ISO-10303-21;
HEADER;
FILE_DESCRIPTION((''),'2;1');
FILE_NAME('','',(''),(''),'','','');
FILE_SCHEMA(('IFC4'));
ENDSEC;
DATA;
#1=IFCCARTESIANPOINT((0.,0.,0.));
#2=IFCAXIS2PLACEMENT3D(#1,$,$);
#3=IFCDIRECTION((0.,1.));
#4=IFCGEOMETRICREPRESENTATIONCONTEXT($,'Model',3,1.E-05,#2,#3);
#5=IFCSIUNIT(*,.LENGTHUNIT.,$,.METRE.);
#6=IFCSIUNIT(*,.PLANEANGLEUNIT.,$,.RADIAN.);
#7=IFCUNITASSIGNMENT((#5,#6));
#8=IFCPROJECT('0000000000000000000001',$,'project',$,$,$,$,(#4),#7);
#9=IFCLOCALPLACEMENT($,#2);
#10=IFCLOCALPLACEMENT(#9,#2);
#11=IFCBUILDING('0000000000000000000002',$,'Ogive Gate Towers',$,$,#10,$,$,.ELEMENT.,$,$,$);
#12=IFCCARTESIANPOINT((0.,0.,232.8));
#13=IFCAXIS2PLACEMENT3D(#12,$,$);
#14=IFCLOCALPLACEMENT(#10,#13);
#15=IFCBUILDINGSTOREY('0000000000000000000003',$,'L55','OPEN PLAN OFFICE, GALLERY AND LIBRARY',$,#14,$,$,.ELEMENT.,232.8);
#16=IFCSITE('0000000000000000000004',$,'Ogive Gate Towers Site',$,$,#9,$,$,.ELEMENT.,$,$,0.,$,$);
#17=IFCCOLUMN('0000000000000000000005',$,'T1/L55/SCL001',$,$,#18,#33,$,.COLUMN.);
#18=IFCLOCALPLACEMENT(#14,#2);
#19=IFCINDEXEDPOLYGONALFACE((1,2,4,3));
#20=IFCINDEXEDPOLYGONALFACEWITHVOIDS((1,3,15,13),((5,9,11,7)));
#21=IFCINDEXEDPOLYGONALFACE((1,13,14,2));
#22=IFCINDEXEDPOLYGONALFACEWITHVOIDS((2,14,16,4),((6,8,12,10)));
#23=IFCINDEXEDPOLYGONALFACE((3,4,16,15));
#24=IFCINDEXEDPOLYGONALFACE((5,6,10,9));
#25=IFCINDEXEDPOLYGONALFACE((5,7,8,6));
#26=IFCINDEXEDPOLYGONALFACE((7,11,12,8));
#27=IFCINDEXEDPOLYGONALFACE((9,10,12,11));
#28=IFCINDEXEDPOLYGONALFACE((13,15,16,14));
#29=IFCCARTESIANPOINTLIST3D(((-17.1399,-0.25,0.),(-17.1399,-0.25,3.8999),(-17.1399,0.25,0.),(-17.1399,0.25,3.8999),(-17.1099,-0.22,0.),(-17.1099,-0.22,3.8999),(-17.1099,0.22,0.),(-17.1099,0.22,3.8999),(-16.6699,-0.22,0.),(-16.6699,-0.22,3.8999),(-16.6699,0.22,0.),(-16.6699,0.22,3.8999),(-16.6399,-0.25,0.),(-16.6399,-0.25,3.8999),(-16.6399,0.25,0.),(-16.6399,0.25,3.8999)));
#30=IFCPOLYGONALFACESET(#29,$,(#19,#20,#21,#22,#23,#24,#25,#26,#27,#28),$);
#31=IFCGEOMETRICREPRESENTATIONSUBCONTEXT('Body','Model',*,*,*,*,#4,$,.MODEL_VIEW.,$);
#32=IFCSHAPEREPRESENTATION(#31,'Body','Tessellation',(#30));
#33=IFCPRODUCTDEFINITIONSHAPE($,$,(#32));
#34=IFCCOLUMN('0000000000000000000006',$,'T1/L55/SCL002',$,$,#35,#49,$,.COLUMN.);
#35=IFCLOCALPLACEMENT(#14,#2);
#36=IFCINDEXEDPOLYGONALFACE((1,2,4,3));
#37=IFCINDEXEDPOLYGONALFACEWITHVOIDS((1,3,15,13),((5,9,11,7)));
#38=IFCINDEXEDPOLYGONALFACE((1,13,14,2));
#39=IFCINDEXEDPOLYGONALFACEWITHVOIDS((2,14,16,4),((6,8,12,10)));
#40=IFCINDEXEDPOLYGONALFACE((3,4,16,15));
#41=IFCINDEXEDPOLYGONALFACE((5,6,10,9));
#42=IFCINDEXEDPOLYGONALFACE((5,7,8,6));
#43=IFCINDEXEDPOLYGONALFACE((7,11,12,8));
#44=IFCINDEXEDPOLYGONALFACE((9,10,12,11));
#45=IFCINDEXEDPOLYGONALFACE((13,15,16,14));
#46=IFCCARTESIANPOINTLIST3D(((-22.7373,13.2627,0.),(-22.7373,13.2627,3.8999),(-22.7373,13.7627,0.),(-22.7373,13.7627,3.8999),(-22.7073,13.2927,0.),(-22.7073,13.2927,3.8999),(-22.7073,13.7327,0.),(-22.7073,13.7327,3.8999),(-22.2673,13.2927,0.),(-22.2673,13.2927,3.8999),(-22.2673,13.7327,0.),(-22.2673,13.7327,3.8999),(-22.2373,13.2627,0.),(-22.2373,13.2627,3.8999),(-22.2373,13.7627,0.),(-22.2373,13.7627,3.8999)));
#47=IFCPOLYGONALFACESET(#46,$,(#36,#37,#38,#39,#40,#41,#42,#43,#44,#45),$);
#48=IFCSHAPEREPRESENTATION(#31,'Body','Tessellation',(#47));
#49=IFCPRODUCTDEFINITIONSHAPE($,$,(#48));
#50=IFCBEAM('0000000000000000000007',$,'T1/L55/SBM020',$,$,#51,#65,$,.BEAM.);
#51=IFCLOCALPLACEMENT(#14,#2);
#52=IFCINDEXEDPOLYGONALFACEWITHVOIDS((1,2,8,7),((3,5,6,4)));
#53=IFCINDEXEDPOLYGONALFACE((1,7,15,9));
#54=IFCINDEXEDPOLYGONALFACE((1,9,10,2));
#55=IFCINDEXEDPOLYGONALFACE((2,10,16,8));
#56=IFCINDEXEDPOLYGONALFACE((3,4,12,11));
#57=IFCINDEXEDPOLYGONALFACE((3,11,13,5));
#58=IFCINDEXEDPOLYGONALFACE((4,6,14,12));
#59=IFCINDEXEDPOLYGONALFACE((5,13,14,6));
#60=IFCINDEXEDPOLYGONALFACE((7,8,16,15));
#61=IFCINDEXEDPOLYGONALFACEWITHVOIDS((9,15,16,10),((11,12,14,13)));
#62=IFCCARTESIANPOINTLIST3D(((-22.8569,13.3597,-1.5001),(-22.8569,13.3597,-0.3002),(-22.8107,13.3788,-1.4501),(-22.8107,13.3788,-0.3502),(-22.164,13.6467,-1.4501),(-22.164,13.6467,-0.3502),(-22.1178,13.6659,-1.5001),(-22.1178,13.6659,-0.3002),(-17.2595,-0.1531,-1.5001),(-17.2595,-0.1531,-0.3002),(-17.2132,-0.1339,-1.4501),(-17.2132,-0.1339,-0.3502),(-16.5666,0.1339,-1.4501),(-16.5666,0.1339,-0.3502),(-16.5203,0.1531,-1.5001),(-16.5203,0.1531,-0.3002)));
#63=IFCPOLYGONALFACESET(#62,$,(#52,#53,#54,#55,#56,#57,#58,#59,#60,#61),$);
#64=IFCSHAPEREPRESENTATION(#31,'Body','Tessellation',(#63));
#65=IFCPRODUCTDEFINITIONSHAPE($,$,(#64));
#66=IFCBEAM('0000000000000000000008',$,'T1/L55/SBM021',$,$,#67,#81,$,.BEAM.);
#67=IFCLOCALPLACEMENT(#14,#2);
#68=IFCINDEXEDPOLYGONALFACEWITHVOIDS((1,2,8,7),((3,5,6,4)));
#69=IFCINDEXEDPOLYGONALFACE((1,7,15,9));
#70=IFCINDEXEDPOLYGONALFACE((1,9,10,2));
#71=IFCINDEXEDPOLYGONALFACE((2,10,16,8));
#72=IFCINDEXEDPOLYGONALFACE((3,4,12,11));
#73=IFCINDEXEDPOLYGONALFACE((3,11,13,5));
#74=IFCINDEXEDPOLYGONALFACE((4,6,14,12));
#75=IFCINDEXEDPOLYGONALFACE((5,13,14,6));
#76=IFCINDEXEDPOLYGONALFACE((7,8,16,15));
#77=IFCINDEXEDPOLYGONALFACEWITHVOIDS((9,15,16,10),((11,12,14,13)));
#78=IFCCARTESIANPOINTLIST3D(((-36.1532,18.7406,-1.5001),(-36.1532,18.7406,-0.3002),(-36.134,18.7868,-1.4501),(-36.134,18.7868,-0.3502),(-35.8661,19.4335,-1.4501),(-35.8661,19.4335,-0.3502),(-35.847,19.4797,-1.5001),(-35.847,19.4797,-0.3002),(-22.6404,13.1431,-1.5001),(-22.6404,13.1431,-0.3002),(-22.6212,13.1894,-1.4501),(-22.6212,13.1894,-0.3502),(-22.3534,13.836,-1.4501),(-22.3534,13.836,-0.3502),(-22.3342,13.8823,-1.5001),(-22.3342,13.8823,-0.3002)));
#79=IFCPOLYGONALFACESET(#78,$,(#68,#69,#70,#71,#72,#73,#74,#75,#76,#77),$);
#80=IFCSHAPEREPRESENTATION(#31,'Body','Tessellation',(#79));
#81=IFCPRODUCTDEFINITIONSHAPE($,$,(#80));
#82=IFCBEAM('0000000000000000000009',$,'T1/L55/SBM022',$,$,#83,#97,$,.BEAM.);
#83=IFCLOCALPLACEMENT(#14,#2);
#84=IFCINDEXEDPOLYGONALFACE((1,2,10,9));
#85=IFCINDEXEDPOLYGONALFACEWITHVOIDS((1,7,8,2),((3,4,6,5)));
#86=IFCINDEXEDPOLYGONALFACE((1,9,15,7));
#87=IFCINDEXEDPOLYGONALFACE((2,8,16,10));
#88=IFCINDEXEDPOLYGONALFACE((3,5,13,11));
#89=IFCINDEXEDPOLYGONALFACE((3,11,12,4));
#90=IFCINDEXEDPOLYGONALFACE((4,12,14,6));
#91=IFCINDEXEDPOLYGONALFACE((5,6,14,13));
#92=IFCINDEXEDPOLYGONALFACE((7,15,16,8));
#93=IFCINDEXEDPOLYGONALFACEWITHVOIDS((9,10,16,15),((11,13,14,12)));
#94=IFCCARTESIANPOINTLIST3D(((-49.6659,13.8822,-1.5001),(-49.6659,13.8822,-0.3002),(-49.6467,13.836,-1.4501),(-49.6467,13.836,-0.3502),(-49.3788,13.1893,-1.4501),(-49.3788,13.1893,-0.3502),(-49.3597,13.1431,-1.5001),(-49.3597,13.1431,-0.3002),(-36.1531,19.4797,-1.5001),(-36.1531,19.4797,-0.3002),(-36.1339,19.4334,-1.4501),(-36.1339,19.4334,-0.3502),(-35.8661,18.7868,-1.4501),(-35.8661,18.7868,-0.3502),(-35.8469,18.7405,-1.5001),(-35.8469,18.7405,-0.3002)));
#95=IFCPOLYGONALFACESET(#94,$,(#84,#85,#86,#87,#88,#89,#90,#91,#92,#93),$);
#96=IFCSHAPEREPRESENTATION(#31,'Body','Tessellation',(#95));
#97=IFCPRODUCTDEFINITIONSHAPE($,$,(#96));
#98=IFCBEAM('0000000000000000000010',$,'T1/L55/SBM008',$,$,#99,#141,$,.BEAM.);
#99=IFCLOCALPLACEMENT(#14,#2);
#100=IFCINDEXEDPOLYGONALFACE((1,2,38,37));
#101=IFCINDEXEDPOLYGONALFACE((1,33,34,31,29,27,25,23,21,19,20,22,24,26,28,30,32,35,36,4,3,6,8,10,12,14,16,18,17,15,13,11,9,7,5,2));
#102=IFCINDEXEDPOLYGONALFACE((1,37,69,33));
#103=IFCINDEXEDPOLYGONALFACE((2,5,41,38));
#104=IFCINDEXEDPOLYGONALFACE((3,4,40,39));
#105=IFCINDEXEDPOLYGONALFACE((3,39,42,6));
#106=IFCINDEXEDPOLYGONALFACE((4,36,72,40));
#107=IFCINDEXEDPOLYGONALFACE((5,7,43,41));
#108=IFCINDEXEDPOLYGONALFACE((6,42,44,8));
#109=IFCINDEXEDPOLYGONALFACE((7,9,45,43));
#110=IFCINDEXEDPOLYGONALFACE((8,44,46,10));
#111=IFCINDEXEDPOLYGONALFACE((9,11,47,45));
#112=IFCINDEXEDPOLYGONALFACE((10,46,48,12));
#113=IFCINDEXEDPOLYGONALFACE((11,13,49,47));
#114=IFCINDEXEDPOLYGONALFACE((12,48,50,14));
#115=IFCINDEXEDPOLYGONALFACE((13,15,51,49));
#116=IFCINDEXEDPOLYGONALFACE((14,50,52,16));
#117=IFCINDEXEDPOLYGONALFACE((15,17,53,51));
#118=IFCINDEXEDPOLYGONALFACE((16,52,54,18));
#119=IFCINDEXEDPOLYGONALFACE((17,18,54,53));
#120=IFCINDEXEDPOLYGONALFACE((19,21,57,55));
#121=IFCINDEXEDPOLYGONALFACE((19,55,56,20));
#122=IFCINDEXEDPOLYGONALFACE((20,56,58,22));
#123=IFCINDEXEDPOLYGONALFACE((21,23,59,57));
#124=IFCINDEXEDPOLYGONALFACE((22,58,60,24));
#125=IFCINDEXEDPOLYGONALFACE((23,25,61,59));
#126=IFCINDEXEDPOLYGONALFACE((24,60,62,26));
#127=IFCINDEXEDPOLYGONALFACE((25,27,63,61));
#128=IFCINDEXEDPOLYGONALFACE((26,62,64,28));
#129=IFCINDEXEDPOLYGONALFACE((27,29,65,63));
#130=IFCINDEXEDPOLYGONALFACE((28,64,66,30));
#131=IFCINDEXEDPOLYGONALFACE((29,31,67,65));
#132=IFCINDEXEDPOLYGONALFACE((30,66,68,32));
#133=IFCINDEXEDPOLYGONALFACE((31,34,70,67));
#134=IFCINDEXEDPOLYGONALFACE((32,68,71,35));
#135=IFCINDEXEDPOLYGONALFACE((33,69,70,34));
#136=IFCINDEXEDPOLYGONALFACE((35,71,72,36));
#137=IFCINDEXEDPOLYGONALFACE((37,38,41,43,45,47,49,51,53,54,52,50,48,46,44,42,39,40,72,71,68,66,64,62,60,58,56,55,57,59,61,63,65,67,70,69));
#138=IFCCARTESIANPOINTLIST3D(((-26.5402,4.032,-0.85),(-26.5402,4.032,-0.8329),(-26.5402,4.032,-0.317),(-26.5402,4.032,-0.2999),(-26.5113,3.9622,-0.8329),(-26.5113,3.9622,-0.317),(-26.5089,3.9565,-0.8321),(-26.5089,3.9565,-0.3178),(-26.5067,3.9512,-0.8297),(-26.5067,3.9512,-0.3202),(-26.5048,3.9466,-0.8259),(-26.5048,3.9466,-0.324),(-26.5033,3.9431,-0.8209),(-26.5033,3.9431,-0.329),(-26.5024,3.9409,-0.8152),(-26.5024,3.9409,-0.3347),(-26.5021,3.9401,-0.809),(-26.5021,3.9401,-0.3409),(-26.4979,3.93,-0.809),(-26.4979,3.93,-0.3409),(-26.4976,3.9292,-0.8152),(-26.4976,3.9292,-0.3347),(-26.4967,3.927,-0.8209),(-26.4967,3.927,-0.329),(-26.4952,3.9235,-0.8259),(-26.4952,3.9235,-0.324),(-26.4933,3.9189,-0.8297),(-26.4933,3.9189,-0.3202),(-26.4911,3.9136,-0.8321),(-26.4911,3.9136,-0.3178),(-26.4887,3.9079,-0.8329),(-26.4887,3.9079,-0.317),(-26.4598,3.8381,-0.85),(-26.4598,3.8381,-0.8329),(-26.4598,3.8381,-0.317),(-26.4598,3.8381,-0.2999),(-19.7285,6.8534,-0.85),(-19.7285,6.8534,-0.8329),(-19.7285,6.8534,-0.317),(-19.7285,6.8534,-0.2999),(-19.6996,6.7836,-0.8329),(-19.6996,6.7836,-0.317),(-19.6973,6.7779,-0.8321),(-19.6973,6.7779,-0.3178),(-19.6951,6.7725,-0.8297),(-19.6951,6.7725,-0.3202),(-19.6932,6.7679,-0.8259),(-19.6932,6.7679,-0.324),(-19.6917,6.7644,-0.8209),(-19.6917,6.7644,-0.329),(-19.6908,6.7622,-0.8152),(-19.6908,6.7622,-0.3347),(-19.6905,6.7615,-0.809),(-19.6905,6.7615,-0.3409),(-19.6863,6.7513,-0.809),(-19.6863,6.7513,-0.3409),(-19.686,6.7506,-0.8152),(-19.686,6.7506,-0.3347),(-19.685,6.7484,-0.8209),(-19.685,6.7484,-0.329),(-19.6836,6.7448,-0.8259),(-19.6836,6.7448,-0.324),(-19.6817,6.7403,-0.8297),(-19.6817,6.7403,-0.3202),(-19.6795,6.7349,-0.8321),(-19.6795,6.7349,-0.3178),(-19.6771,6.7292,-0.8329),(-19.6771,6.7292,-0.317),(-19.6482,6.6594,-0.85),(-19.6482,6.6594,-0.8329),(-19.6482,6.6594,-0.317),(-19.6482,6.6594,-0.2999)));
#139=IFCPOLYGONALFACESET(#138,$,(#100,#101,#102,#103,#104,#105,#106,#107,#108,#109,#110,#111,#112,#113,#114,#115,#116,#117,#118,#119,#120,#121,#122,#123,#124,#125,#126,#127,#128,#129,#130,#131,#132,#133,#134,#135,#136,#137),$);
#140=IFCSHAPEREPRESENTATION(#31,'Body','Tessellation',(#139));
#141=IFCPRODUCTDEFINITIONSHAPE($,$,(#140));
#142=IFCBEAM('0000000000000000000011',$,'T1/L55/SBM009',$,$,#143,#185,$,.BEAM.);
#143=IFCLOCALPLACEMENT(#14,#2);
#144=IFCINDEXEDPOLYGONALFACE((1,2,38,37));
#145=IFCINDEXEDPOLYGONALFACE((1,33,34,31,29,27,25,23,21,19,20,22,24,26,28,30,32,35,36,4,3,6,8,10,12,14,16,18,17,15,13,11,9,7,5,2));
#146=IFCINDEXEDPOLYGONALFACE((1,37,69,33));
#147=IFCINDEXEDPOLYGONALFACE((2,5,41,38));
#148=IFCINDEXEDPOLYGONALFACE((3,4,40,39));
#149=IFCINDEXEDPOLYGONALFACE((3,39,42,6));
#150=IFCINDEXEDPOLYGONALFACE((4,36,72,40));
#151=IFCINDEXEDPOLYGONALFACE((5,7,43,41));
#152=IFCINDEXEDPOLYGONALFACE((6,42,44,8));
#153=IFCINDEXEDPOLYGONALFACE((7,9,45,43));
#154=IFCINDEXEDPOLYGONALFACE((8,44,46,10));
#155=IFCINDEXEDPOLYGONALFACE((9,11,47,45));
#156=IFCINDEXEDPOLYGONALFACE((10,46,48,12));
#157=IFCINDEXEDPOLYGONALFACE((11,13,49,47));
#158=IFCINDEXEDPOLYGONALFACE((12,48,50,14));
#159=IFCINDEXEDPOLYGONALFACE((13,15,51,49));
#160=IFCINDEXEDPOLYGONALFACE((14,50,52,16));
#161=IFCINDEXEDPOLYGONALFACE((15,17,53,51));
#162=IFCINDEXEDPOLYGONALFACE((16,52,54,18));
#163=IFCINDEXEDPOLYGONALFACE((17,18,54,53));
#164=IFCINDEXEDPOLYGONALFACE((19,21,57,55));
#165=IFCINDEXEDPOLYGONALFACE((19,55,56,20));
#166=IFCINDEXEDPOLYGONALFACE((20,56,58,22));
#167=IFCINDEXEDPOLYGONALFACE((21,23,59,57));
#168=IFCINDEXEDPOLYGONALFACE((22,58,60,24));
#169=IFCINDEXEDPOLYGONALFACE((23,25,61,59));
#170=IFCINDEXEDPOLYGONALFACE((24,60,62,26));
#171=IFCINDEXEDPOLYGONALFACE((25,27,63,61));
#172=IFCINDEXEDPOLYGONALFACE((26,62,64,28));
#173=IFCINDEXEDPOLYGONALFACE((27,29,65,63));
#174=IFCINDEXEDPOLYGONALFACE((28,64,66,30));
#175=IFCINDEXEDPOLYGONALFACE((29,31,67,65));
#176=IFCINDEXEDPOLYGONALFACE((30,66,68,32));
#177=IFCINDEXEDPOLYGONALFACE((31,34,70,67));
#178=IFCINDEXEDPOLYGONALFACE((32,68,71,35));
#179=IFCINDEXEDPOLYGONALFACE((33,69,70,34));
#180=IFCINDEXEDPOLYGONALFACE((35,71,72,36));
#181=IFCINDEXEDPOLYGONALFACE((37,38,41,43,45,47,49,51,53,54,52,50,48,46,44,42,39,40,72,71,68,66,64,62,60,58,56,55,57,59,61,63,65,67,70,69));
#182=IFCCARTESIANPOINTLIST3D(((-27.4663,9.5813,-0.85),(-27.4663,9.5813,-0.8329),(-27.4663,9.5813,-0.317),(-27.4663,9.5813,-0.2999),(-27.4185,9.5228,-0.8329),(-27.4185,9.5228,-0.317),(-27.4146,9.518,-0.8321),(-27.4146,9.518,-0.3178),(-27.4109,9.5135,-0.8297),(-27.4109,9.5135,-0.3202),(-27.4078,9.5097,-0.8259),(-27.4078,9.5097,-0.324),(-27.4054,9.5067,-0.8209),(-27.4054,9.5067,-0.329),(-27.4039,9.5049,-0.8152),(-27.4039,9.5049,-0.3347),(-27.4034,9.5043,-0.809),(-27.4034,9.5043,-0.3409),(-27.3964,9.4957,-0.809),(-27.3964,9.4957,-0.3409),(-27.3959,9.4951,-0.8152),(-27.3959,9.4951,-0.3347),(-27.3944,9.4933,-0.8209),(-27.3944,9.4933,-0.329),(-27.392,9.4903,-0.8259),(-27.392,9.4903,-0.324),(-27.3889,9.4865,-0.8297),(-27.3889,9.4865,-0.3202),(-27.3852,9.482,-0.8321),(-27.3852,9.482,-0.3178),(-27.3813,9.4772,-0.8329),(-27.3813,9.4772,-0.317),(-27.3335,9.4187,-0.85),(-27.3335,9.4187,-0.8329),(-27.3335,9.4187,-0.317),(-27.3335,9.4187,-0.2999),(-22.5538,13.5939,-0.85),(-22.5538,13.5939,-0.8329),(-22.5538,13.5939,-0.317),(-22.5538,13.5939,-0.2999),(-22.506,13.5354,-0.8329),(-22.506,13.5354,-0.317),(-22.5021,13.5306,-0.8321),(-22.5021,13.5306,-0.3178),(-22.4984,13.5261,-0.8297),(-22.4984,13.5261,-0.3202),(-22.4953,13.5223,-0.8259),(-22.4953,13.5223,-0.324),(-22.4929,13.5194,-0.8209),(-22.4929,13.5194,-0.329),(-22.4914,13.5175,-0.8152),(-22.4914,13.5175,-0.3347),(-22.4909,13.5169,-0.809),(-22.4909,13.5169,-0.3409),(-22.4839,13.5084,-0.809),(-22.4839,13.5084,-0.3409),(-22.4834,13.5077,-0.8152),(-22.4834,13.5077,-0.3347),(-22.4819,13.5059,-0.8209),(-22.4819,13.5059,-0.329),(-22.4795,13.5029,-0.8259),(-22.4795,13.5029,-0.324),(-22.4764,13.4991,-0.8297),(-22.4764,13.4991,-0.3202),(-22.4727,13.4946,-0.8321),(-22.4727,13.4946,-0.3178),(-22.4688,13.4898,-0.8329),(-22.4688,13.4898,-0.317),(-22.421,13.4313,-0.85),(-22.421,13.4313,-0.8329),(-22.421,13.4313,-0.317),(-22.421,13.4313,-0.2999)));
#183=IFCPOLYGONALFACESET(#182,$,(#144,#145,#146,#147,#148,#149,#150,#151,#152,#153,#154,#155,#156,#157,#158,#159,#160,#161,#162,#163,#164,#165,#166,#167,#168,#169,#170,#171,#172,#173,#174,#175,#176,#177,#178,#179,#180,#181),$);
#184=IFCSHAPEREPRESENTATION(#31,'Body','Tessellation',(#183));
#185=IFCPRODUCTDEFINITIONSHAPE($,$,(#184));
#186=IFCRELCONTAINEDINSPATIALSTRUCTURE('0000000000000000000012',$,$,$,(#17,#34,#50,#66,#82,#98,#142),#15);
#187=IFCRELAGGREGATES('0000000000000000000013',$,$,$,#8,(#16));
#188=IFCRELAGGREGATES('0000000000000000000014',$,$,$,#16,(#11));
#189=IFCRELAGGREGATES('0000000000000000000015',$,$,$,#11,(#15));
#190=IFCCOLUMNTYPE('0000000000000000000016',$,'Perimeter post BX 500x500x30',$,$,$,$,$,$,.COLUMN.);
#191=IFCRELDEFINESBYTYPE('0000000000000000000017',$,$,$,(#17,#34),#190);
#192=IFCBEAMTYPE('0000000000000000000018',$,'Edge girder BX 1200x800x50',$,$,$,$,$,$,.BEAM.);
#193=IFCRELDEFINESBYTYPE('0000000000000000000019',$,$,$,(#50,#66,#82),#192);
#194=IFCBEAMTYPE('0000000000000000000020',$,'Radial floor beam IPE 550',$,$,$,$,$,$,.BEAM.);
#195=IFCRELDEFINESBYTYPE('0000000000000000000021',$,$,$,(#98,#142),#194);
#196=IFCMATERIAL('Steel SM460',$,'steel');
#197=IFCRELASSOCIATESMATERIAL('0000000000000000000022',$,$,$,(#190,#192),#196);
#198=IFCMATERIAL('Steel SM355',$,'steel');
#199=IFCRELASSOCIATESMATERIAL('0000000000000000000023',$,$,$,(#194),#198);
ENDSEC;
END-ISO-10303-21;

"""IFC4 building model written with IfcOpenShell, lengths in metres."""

from ifc_helpers import new_model, si_unit, direction, frame, origin, origin_2d, place, context, subcontext, project, spatial, hollow_rectangle, i_section, extrude, material, material_profile, profile_set, type_object, element, save


model = new_model("IFC4")

# Units and contexts
model_context = context("Model", 3, precision=1e-05, world=origin(), true_north=direction((0.0, 1.0)))
body_context = subcontext(model_context, "Body", "Model", "MODEL_VIEW")
ifc_project = project(units=[si_unit("LENGTHUNIT", "METRE"), si_unit("PLANEANGLEUNIT", "RADIAN")], contexts=[model_context])

# Site, building, storey
site_placement = place(None, origin())
site = spatial("IfcSite", under=ifc_project, at=site_placement, Name="Ogive Gate Towers Site", CompositionType="ELEMENT", RefElevation=0.0)
building_placement = place(site_placement, origin())
building = spatial("IfcBuilding", under=site, at=building_placement, Name="Ogive Gate Towers", CompositionType="ELEMENT")
storey_placement = place(building_placement, frame((0.0, 0.0, 232.8)))
storey = spatial("IfcBuildingStorey", under=building, at=storey_placement, Name="L55", Description="OPEN PLAN OFFICE, GALLERY AND LIBRARY", CompositionType="ELEMENT", Elevation=232.8)

# Columns
ifc_material_1 = material(Name="Steel SM460", Category="steel")
ifc_material_profile_1 = material_profile(ifc_material_1, hollow_rectangle(XDim=0.5, YDim=0.5, WallThickness=0.03, at=origin_2d()), Name="BX 500x500x30")
ifc_profile_set_1 = profile_set([ifc_material_profile_1], Name="Steel SM460")
column_type = type_object("IfcColumnType", Name="Perimeter post BX 500x500x30", PredefinedType="COLUMN", material=ifc_profile_set_1)
for number, where, z_axis, x_axis, name in (
    (1, (-16.8899, 0.0, 0.0), (0.0, 0.0, 1.0), (1.0, 0.0, 0.0), "T1/L55/SCL001"),
    (2, (-22.4873, 13.5127, 0.0), (0.0, 0.0, 1.0), (1.0, 0.0, 0.0), "T1/L55/SCL002"),
):
    element("IfcColumn", number, at=place(storey_placement, frame(where, z_axis=z_axis, x_axis=x_axis)), inside=storey, type_object=column_type, Name=name, PredefinedType="COLUMN", context=body_context, shape_type="SweptSolid", body=[
        extrude(hollow_rectangle(XDim=0.5, YDim=0.5, WallThickness=0.03, at=origin_2d()), origin(), (0.0, 0.0, 1.0), 3.8999),
    ])

# Beams
ifc_material_profile_2 = material_profile(ifc_material_1, hollow_rectangle(XDim=0.8, YDim=1.2, WallThickness=0.05, at=origin_2d()), Name="BX 1200x800x50")
ifc_profile_set_2 = profile_set([ifc_material_profile_2], Name="Steel SM460")
beam_type_1 = type_object("IfcBeamType", Name="Edge girder BX 1200x800x50", PredefinedType="BEAM", material=ifc_profile_set_2)
for number, where, z_axis, x_axis, name in (
    (3, (-16.8899, 0.0, -0.9001), (-0.382699, 0.923873, 0.0), (-0.923873, -0.382699, 0.0), "T1/L55/SBM020"),
    (4, (-22.4873, 13.5127, -0.9001), (-0.923873, 0.382699, 0.0), (-0.382699, -0.923873, 0.0), "T1/L55/SBM021"),
    (5, (-36.0, 19.1101, -0.9001), (-0.923873, -0.382699, 0.0), (0.382699, -0.923873, 0.0), "T1/L55/SBM022"),
):
    element("IfcBeam", number, at=place(storey_placement, frame(where, z_axis=z_axis, x_axis=x_axis)), inside=storey, type_object=beam_type_1, Name=name, PredefinedType="BEAM", context=body_context, shape_type="SweptSolid", body=[
        extrude(hollow_rectangle(XDim=0.8, YDim=1.2, WallThickness=0.05, at=origin_2d()), origin(), (0.0, 0.0, 1.0), 14.6262),
    ])
ifc_material_2 = material(Name="Steel SM355", Category="steel")
ifc_material_profile_3 = material_profile(ifc_material_2, i_section(OverallWidth=0.21, OverallDepth=0.55, WebThickness=0.011, FlangeThickness=0.0171, FilletRadius=0.0239, at=origin_2d()), Name="IPE 550")
ifc_profile_set_3 = profile_set([ifc_material_profile_3], Name="Steel SM355")
beam_type_2 = type_object("IfcBeamType", Name="Radial floor beam IPE 550", PredefinedType="BEAM", material=ifc_profile_set_3)
beam_1_placement = place(storey_placement, frame((-26.5, 3.9351, -0.575), z_axis=(0.923886, 0.382668, 0.0), x_axis=(-0.382668, 0.923886, 0.0)))
element("IfcBeam", 6, at=beam_1_placement, inside=storey, type_object=beam_type_2, Name="T1/L55/SBM008", PredefinedType="BEAM", context=body_context, shape_type="SweptSolid", body=[
    extrude(i_section(OverallWidth=0.21, OverallDepth=0.55, WebThickness=0.011, FlangeThickness=0.0171, FilletRadius=0.0239, at=origin_2d()), origin(), (0.0, 0.0, 1.0), 7.3728),
])
beam_2_placement = place(storey_placement, frame((-27.3999, 9.5, -0.575), z_axis=(0.774475, 0.632605, 0.0), x_axis=(-0.632605, 0.774475, 0.0)))
element("IfcBeam", 7, at=beam_2_placement, inside=storey, type_object=beam_type_2, Name="T1/L55/SBM009", PredefinedType="BEAM", context=body_context, shape_type="SweptSolid", body=[
    extrude(i_section(OverallWidth=0.21, OverallDepth=0.55, WebThickness=0.011, FlangeThickness=0.0171, FilletRadius=0.0239, at=origin_2d()), origin(), (0.0, 0.0, 1.0), 6.343),
])

save(model, "model.ifc")
